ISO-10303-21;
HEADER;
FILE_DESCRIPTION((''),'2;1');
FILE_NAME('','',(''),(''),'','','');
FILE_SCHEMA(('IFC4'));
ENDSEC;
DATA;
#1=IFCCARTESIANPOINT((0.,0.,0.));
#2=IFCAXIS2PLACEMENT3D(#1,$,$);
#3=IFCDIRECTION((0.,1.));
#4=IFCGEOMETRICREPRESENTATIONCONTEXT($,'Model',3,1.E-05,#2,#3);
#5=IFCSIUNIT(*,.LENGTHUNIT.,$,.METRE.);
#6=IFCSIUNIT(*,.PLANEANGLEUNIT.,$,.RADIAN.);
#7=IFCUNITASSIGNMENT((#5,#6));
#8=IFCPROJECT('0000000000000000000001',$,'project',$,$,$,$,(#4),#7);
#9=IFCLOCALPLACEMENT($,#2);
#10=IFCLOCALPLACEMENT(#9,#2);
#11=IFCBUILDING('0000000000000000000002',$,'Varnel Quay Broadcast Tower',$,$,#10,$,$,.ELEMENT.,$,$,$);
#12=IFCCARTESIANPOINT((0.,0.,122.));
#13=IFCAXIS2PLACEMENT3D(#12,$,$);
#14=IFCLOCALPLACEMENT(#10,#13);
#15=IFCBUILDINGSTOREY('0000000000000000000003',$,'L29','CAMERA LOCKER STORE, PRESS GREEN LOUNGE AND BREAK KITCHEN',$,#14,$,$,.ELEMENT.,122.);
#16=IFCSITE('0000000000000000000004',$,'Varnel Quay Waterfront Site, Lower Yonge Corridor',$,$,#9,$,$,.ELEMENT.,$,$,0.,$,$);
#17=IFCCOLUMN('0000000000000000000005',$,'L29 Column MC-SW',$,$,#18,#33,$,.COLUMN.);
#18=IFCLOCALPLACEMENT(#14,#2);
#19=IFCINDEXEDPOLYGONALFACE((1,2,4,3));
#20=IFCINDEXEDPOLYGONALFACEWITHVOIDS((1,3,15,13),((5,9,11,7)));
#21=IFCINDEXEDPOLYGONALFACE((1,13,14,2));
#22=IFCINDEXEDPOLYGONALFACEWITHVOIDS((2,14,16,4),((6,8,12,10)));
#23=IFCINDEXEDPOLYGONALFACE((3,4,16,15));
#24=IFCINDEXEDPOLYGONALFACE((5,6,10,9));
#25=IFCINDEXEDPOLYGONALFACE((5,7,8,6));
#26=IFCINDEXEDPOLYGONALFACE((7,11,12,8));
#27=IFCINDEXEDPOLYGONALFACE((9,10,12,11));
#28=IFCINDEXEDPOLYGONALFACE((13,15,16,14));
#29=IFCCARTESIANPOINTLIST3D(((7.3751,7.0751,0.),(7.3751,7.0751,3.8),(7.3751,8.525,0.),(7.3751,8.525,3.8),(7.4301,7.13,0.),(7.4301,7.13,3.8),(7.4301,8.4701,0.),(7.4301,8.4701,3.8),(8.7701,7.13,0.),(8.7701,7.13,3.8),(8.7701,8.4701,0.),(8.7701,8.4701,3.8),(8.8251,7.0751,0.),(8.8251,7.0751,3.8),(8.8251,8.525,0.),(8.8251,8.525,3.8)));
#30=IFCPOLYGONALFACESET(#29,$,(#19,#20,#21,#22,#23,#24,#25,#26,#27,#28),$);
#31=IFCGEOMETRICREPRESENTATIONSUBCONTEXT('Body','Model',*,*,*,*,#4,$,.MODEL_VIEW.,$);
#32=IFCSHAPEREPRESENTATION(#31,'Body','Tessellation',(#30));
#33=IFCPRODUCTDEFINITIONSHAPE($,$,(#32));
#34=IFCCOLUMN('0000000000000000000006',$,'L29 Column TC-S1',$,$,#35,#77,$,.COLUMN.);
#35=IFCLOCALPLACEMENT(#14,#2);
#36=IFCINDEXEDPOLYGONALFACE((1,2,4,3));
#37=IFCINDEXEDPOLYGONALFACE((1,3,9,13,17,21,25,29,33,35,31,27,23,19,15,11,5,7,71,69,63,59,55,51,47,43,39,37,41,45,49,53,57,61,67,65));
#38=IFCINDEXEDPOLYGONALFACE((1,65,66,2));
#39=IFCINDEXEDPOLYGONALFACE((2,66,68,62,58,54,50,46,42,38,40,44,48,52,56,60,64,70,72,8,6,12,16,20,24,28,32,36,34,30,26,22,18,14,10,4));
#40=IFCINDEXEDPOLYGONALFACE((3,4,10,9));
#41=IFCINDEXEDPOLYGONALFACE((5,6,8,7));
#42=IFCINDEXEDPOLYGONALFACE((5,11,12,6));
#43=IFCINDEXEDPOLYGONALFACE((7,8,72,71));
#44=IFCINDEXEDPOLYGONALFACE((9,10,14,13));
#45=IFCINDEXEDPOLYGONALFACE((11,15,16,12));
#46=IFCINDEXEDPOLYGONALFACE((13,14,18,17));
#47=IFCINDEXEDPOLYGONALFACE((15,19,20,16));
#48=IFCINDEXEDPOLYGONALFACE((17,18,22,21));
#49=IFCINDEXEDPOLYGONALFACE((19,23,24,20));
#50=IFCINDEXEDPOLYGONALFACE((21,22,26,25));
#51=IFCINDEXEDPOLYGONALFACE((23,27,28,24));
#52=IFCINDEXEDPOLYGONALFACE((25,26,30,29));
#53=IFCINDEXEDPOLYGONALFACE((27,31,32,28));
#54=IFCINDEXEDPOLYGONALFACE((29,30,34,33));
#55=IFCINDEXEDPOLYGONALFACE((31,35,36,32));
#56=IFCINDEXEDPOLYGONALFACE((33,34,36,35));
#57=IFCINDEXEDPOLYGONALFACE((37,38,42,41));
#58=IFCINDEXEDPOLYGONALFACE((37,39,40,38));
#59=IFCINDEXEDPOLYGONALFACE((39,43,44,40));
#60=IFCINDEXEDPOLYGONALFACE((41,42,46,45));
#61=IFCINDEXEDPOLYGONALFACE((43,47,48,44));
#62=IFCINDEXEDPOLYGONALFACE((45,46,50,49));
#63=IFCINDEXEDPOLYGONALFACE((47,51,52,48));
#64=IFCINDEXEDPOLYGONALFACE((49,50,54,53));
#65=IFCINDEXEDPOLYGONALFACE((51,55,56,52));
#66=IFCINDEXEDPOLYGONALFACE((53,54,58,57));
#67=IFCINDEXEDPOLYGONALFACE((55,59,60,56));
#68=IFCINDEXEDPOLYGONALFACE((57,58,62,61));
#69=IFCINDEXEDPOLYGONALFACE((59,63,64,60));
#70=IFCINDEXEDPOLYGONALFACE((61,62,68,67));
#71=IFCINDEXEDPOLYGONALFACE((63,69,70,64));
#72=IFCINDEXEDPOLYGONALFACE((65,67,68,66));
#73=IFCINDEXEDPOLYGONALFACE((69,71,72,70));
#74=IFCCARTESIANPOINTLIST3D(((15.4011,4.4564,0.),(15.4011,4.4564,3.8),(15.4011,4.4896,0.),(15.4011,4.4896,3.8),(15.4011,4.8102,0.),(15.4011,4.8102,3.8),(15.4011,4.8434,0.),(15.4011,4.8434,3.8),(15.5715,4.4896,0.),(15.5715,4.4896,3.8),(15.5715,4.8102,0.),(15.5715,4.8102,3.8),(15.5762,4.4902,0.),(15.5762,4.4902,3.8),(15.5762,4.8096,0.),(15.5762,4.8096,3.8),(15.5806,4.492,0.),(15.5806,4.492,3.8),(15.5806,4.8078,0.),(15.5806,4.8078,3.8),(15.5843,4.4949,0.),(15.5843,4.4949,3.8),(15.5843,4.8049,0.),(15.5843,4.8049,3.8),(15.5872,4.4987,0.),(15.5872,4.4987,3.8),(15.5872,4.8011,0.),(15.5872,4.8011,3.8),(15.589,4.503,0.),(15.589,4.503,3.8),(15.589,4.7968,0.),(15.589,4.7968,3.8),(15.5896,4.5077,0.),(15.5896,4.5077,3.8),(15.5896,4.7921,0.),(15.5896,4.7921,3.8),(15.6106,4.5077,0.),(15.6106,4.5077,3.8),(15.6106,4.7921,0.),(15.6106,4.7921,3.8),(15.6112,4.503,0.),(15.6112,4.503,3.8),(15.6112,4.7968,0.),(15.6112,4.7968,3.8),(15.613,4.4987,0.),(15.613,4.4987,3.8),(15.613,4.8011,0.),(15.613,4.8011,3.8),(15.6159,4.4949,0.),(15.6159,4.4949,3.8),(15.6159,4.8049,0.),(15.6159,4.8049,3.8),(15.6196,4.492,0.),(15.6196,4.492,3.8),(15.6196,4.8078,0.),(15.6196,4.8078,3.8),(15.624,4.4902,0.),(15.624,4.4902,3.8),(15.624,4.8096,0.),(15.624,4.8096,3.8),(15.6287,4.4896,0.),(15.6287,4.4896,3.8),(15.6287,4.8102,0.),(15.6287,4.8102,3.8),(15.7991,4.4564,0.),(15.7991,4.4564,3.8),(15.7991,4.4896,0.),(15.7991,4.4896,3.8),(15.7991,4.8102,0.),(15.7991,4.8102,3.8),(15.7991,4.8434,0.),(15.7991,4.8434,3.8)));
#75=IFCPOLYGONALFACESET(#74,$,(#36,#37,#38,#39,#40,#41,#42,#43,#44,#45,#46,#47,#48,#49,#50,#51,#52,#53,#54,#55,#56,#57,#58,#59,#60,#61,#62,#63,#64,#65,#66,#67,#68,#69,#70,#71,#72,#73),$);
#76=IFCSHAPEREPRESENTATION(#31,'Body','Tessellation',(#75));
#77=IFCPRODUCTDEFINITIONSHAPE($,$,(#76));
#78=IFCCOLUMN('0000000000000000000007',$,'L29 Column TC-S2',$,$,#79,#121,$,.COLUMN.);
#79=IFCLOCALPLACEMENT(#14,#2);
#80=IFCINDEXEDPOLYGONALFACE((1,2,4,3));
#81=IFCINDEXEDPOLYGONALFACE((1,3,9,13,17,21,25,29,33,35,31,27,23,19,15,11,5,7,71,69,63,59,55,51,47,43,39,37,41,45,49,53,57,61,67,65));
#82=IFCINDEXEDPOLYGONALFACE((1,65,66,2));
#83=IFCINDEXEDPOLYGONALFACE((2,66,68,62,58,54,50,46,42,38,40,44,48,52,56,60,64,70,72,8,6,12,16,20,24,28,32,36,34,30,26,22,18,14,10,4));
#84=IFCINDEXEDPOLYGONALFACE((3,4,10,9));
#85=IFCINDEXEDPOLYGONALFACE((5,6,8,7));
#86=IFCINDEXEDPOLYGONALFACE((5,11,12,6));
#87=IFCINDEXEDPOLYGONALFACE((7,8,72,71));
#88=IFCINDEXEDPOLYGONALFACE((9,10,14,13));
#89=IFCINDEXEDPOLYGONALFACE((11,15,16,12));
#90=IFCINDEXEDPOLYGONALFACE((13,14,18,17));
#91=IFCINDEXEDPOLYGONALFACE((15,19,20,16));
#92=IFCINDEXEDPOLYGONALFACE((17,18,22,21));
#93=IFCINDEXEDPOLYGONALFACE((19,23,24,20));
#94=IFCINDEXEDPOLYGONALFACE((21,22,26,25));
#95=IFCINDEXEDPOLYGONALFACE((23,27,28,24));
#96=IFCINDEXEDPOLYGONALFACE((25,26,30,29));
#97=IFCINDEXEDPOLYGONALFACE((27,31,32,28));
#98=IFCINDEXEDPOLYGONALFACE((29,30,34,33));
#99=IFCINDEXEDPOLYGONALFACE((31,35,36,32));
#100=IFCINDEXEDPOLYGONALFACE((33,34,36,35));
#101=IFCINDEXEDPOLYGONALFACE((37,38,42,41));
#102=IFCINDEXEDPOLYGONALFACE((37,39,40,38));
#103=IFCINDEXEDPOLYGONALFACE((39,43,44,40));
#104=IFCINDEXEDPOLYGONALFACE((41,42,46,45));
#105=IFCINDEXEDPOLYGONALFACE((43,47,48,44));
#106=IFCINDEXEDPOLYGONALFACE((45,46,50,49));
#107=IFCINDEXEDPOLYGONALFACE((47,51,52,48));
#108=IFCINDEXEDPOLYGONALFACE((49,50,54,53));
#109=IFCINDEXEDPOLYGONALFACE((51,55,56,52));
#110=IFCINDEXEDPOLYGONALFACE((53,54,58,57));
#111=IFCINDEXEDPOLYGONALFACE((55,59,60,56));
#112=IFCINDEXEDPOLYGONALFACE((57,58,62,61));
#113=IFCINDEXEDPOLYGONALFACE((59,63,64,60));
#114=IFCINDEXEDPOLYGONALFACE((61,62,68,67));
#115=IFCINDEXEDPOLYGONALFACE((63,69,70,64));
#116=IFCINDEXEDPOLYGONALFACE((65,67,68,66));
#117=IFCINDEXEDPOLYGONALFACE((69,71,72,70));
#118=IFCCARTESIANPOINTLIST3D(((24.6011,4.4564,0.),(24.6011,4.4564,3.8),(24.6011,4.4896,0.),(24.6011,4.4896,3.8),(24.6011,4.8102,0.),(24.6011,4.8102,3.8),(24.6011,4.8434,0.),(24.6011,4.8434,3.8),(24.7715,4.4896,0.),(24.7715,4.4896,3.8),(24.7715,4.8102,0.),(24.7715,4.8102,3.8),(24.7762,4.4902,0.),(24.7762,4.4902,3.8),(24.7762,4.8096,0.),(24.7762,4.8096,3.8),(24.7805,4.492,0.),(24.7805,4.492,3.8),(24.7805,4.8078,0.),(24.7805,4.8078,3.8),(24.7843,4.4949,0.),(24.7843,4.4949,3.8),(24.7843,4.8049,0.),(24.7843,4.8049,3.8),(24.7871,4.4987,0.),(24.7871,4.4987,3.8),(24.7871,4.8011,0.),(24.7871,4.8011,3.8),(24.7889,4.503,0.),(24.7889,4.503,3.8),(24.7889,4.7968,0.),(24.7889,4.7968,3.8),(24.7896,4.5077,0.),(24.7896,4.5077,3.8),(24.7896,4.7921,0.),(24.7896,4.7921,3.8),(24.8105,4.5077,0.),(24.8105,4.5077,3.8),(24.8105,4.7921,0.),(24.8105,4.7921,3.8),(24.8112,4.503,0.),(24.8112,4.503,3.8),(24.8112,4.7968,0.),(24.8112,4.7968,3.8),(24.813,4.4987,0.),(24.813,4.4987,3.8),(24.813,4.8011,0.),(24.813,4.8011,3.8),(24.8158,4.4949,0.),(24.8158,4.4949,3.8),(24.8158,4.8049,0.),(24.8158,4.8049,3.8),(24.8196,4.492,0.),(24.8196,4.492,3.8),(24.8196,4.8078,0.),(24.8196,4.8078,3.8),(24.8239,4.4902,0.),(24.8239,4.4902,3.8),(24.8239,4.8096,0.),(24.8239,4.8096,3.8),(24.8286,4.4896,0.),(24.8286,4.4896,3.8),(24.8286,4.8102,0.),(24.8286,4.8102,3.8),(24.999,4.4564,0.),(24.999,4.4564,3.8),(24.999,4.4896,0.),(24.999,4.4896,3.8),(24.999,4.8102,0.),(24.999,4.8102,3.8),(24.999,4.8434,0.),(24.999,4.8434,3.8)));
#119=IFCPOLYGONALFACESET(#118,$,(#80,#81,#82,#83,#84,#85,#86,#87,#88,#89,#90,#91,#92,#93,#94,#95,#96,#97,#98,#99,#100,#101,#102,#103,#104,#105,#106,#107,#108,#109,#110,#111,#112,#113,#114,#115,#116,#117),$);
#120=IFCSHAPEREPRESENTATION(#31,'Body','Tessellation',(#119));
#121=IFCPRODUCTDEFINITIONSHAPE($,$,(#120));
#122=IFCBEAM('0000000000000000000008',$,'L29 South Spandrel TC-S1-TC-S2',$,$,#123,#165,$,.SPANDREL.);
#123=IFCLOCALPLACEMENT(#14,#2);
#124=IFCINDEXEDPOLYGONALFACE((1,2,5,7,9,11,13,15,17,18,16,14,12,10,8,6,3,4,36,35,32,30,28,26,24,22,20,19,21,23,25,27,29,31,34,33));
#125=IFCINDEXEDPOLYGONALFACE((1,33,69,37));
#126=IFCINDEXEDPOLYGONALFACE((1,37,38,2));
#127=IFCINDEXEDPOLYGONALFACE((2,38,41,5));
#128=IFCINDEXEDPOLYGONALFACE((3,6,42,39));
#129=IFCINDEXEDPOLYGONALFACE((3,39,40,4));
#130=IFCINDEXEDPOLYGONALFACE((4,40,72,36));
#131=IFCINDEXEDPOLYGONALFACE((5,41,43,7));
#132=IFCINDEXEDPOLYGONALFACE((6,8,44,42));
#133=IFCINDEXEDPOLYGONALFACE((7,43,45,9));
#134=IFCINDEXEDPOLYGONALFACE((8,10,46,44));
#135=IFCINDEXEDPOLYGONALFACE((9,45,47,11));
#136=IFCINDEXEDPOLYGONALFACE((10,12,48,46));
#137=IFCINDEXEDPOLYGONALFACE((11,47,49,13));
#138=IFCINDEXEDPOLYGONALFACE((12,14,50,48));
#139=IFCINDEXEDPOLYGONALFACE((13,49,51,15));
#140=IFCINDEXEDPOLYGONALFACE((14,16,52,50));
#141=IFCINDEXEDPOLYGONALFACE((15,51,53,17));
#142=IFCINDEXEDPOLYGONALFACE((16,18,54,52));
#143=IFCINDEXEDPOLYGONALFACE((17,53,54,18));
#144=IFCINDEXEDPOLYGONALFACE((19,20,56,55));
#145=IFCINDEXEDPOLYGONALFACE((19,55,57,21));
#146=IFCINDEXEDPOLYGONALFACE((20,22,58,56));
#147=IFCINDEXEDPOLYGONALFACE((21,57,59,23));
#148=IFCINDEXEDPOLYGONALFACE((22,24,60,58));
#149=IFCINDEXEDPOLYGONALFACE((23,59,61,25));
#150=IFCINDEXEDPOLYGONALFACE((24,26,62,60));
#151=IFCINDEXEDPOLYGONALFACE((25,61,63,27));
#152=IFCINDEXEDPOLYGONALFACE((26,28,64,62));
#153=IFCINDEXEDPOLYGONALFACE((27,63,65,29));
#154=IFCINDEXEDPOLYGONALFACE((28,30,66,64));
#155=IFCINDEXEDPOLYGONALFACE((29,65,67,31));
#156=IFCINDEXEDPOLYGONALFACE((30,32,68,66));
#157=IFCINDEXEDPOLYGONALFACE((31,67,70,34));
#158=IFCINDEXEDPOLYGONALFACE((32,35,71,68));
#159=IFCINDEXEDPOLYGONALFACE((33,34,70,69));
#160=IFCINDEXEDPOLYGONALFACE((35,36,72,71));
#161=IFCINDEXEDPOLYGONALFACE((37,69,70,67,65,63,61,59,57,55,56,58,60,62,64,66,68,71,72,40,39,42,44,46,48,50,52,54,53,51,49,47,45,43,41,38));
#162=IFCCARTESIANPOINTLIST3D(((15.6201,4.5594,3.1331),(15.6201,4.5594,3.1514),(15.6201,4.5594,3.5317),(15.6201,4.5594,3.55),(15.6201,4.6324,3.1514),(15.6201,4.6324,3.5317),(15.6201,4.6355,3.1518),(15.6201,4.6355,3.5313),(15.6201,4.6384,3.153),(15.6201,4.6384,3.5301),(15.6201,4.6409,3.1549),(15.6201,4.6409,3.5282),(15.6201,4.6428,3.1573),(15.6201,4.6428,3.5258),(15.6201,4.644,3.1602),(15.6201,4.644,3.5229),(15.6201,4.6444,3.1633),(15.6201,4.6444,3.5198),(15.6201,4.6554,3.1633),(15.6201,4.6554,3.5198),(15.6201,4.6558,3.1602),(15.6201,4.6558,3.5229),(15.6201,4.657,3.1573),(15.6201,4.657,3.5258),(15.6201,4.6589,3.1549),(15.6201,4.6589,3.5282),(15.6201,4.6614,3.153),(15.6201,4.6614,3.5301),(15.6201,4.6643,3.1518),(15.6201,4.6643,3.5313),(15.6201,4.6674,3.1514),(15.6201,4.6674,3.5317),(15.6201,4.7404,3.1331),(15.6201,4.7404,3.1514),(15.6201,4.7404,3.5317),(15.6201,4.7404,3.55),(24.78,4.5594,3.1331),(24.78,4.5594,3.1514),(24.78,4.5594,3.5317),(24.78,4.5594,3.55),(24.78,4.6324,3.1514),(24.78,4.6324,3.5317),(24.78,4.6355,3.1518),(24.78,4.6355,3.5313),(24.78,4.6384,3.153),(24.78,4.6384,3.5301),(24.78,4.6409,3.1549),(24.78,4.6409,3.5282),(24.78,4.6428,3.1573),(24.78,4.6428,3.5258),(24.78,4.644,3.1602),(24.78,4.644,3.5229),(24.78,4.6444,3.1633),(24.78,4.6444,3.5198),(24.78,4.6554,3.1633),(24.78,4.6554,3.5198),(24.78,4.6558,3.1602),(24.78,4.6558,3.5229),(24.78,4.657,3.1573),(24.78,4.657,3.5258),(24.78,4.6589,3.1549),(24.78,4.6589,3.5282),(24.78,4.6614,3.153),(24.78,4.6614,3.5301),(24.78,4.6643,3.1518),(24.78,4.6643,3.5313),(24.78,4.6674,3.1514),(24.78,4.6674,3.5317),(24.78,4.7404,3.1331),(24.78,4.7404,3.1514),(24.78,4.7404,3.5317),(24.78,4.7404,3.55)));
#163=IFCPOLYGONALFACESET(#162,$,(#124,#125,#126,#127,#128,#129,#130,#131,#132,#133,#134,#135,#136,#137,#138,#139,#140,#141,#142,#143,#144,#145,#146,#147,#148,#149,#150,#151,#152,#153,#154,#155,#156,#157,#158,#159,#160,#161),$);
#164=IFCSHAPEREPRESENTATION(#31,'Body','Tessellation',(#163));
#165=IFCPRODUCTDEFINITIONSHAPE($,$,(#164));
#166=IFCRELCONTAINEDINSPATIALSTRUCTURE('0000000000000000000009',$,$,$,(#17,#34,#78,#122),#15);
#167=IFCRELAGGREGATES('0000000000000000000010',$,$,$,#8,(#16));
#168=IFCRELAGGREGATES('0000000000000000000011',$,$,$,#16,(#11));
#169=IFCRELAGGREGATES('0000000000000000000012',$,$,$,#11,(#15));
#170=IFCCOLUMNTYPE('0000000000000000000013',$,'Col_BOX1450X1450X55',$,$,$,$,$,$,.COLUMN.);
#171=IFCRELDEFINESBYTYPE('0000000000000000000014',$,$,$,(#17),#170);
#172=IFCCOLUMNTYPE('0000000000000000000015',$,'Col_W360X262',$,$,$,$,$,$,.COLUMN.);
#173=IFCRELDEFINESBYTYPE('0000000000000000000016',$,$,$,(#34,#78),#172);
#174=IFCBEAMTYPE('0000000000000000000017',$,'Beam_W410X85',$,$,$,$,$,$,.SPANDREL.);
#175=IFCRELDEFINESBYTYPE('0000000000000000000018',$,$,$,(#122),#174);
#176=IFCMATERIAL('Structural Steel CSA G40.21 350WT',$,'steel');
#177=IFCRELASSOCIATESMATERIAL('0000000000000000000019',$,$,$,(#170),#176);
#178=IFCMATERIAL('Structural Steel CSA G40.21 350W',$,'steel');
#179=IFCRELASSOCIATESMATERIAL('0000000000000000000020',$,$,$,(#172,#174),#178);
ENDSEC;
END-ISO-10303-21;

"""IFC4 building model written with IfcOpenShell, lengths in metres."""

from ifc_helpers import new_model, si_unit, direction, frame, origin, origin_2d, place, context, subcontext, project, spatial, hollow_rectangle, i_section, extrude, source, transform, mapped, material, material_profile, profile_set, type_object, type_shapes, element, save


model = new_model("IFC4")

# Units and contexts
model_context = context("Model", 3, precision=1e-05, world=origin(), true_north=direction((0.0, 1.0)))
body_context = subcontext(model_context, "Body", "Model", "MODEL_VIEW")
ifc_project = project(units=[si_unit("LENGTHUNIT", "METRE"), si_unit("PLANEANGLEUNIT", "RADIAN")], contexts=[model_context])

# Site, building, storey
site_placement = place(None, origin())
site = spatial("IfcSite", under=ifc_project, at=site_placement, Name="Varnel Quay Waterfront Site, Lower Yonge Corridor", CompositionType="ELEMENT", RefElevation=0.0)
building_placement = place(site_placement, origin())
building = spatial("IfcBuilding", under=site, at=building_placement, Name="Varnel Quay Broadcast Tower", CompositionType="ELEMENT")
storey_placement = place(building_placement, frame((0.0, 0.0, 122.0)))
storey = spatial("IfcBuildingStorey", under=building, at=storey_placement, Name="L29", Description="CAMERA LOCKER STORE, PRESS GREEN LOUNGE AND BREAK KITCHEN", CompositionType="ELEMENT", Elevation=122.0)

# Columns
ifc_material_1 = material(Name="Structural Steel CSA G40.21 350WT", Category="steel")
ifc_material_profile_1 = material_profile(ifc_material_1, hollow_rectangle(XDim=1.45, YDim=1.45, WallThickness=0.0549, at=origin_2d()), Name="BOX1450X1450X55")
ifc_profile_set_1 = profile_set([ifc_material_profile_1], Name="Structural Steel CSA G40.21 350WT")
column_type_1 = type_object("IfcColumnType", Name="Col_BOX1450X1450X55", PredefinedType="COLUMN", material=ifc_profile_set_1)
shared_shape_1 = source(origin(), body_context, "Body", "SweptSolid", [
    extrude(hollow_rectangle(XDim=1.45, YDim=1.45, WallThickness=0.0549, at=origin_2d()), origin(), (0.0, 0.0, 1.0), 3.8),
])
type_shapes(column_type_1, [shared_shape_1])
column_placement = place(storey_placement, frame((8.1001, 7.8, 0.0), z_axis=(0.0, 0.0, 1.0), x_axis=(1.0, 0.0, 0.0)))
element("IfcColumn", 1, at=column_placement, inside=storey, type_object=column_type_1, Name="L29 Column MC-SW", PredefinedType="COLUMN", context=body_context, shape_type="MappedRepresentation", body=[
    mapped(shared_shape_1, transform((0.0, 0.0, 0.0), x_axis=(1.0, 0.0, 0.0), y_axis=(0.0, 1.0, 0.0), z_axis=(0.0, 0.0, 1.0), scale=1.0)),
])
ifc_material_2 = material(Name="Structural Steel CSA G40.21 350W", Category="steel")
ifc_material_profile_2 = material_profile(ifc_material_2, i_section(OverallWidth=0.3979, OverallDepth=0.387, WebThickness=0.021, FlangeThickness=0.0332, FilletRadius=0.0181, at=origin_2d()), Name="W360X262")
ifc_profile_set_2 = profile_set([ifc_material_profile_2], Name="Structural Steel CSA G40.21 350W")
column_type_2 = type_object("IfcColumnType", Name="Col_W360X262", PredefinedType="COLUMN", material=ifc_profile_set_2)
shared_shape_2 = source(origin(), body_context, "Body", "SweptSolid", [
    extrude(i_section(OverallWidth=0.3979, OverallDepth=0.387, WebThickness=0.021, FlangeThickness=0.0332, FilletRadius=0.0181, at=origin_2d()), origin(), (0.0, 0.0, 1.0), 3.8),
])
type_shapes(column_type_2, [shared_shape_2])
for number, where, z_axis, x_axis, name in (
    (2, (15.6001, 4.6499, 0.0), (0.0, 0.0, 1.0), (1.0, 0.0, 0.0), "L29 Column TC-S1"),
    (3, (24.8, 4.6499, 0.0), (0.0, 0.0, 1.0), (1.0, 0.0, 0.0), "L29 Column TC-S2"),
):
    element("IfcColumn", number, at=place(storey_placement, frame(where, z_axis=z_axis, x_axis=x_axis)), inside=storey, type_object=column_type_2, Name=name, PredefinedType="COLUMN", context=body_context, shape_type="MappedRepresentation", body=[
        mapped(shared_shape_2, transform((0.0, 0.0, 0.0), x_axis=(1.0, 0.0, 0.0), y_axis=(0.0, 1.0, 0.0), z_axis=(0.0, 0.0, 1.0), scale=1.0)),
    ])

# Beam
ifc_material_profile_3 = material_profile(ifc_material_2, i_section(OverallWidth=0.1809, OverallDepth=0.417, WebThickness=0.011, FlangeThickness=0.0183, FilletRadius=0.012, at=origin_2d()), Name="W410X85")
ifc_profile_set_3 = profile_set([ifc_material_profile_3], Name="Structural Steel CSA G40.21 350W")
beam_type_1 = type_object("IfcBeamType", Name="Beam_W410X85", PredefinedType="SPANDREL", material=ifc_profile_set_3)
shared_shape_3 = source(origin(), body_context, "Body", "SweptSolid", [
    extrude(i_section(OverallWidth=0.1809, OverallDepth=0.417, WebThickness=0.011, FlangeThickness=0.0183, FilletRadius=0.012, at=origin_2d()), origin(), (0.0, 0.0, 1.0), 9.1599),
])
for number, where, z_axis, x_axis, name in (
    (4, (15.6201, 4.6499, 3.3416), (1.0, 0.0, 0.0), (0.0, 1.0, 0.0), "L29 South Spandrel TC-S1-TC-S2"),
):
    element("IfcBeam", number, at=place(storey_placement, frame(where, z_axis=z_axis, x_axis=x_axis)), inside=storey, type_object=beam_type_1, Name=name, PredefinedType="SPANDREL", context=body_context, shape_type="MappedRepresentation", body=[
        mapped(shared_shape_3, transform((0.0, 0.0, 0.0), x_axis=(1.0, 0.0, 0.0), y_axis=(0.0, 1.0, 0.0), z_axis=(0.0, 0.0, 1.0), scale=1.0)),
    ])

save(model, "model.ifc")
